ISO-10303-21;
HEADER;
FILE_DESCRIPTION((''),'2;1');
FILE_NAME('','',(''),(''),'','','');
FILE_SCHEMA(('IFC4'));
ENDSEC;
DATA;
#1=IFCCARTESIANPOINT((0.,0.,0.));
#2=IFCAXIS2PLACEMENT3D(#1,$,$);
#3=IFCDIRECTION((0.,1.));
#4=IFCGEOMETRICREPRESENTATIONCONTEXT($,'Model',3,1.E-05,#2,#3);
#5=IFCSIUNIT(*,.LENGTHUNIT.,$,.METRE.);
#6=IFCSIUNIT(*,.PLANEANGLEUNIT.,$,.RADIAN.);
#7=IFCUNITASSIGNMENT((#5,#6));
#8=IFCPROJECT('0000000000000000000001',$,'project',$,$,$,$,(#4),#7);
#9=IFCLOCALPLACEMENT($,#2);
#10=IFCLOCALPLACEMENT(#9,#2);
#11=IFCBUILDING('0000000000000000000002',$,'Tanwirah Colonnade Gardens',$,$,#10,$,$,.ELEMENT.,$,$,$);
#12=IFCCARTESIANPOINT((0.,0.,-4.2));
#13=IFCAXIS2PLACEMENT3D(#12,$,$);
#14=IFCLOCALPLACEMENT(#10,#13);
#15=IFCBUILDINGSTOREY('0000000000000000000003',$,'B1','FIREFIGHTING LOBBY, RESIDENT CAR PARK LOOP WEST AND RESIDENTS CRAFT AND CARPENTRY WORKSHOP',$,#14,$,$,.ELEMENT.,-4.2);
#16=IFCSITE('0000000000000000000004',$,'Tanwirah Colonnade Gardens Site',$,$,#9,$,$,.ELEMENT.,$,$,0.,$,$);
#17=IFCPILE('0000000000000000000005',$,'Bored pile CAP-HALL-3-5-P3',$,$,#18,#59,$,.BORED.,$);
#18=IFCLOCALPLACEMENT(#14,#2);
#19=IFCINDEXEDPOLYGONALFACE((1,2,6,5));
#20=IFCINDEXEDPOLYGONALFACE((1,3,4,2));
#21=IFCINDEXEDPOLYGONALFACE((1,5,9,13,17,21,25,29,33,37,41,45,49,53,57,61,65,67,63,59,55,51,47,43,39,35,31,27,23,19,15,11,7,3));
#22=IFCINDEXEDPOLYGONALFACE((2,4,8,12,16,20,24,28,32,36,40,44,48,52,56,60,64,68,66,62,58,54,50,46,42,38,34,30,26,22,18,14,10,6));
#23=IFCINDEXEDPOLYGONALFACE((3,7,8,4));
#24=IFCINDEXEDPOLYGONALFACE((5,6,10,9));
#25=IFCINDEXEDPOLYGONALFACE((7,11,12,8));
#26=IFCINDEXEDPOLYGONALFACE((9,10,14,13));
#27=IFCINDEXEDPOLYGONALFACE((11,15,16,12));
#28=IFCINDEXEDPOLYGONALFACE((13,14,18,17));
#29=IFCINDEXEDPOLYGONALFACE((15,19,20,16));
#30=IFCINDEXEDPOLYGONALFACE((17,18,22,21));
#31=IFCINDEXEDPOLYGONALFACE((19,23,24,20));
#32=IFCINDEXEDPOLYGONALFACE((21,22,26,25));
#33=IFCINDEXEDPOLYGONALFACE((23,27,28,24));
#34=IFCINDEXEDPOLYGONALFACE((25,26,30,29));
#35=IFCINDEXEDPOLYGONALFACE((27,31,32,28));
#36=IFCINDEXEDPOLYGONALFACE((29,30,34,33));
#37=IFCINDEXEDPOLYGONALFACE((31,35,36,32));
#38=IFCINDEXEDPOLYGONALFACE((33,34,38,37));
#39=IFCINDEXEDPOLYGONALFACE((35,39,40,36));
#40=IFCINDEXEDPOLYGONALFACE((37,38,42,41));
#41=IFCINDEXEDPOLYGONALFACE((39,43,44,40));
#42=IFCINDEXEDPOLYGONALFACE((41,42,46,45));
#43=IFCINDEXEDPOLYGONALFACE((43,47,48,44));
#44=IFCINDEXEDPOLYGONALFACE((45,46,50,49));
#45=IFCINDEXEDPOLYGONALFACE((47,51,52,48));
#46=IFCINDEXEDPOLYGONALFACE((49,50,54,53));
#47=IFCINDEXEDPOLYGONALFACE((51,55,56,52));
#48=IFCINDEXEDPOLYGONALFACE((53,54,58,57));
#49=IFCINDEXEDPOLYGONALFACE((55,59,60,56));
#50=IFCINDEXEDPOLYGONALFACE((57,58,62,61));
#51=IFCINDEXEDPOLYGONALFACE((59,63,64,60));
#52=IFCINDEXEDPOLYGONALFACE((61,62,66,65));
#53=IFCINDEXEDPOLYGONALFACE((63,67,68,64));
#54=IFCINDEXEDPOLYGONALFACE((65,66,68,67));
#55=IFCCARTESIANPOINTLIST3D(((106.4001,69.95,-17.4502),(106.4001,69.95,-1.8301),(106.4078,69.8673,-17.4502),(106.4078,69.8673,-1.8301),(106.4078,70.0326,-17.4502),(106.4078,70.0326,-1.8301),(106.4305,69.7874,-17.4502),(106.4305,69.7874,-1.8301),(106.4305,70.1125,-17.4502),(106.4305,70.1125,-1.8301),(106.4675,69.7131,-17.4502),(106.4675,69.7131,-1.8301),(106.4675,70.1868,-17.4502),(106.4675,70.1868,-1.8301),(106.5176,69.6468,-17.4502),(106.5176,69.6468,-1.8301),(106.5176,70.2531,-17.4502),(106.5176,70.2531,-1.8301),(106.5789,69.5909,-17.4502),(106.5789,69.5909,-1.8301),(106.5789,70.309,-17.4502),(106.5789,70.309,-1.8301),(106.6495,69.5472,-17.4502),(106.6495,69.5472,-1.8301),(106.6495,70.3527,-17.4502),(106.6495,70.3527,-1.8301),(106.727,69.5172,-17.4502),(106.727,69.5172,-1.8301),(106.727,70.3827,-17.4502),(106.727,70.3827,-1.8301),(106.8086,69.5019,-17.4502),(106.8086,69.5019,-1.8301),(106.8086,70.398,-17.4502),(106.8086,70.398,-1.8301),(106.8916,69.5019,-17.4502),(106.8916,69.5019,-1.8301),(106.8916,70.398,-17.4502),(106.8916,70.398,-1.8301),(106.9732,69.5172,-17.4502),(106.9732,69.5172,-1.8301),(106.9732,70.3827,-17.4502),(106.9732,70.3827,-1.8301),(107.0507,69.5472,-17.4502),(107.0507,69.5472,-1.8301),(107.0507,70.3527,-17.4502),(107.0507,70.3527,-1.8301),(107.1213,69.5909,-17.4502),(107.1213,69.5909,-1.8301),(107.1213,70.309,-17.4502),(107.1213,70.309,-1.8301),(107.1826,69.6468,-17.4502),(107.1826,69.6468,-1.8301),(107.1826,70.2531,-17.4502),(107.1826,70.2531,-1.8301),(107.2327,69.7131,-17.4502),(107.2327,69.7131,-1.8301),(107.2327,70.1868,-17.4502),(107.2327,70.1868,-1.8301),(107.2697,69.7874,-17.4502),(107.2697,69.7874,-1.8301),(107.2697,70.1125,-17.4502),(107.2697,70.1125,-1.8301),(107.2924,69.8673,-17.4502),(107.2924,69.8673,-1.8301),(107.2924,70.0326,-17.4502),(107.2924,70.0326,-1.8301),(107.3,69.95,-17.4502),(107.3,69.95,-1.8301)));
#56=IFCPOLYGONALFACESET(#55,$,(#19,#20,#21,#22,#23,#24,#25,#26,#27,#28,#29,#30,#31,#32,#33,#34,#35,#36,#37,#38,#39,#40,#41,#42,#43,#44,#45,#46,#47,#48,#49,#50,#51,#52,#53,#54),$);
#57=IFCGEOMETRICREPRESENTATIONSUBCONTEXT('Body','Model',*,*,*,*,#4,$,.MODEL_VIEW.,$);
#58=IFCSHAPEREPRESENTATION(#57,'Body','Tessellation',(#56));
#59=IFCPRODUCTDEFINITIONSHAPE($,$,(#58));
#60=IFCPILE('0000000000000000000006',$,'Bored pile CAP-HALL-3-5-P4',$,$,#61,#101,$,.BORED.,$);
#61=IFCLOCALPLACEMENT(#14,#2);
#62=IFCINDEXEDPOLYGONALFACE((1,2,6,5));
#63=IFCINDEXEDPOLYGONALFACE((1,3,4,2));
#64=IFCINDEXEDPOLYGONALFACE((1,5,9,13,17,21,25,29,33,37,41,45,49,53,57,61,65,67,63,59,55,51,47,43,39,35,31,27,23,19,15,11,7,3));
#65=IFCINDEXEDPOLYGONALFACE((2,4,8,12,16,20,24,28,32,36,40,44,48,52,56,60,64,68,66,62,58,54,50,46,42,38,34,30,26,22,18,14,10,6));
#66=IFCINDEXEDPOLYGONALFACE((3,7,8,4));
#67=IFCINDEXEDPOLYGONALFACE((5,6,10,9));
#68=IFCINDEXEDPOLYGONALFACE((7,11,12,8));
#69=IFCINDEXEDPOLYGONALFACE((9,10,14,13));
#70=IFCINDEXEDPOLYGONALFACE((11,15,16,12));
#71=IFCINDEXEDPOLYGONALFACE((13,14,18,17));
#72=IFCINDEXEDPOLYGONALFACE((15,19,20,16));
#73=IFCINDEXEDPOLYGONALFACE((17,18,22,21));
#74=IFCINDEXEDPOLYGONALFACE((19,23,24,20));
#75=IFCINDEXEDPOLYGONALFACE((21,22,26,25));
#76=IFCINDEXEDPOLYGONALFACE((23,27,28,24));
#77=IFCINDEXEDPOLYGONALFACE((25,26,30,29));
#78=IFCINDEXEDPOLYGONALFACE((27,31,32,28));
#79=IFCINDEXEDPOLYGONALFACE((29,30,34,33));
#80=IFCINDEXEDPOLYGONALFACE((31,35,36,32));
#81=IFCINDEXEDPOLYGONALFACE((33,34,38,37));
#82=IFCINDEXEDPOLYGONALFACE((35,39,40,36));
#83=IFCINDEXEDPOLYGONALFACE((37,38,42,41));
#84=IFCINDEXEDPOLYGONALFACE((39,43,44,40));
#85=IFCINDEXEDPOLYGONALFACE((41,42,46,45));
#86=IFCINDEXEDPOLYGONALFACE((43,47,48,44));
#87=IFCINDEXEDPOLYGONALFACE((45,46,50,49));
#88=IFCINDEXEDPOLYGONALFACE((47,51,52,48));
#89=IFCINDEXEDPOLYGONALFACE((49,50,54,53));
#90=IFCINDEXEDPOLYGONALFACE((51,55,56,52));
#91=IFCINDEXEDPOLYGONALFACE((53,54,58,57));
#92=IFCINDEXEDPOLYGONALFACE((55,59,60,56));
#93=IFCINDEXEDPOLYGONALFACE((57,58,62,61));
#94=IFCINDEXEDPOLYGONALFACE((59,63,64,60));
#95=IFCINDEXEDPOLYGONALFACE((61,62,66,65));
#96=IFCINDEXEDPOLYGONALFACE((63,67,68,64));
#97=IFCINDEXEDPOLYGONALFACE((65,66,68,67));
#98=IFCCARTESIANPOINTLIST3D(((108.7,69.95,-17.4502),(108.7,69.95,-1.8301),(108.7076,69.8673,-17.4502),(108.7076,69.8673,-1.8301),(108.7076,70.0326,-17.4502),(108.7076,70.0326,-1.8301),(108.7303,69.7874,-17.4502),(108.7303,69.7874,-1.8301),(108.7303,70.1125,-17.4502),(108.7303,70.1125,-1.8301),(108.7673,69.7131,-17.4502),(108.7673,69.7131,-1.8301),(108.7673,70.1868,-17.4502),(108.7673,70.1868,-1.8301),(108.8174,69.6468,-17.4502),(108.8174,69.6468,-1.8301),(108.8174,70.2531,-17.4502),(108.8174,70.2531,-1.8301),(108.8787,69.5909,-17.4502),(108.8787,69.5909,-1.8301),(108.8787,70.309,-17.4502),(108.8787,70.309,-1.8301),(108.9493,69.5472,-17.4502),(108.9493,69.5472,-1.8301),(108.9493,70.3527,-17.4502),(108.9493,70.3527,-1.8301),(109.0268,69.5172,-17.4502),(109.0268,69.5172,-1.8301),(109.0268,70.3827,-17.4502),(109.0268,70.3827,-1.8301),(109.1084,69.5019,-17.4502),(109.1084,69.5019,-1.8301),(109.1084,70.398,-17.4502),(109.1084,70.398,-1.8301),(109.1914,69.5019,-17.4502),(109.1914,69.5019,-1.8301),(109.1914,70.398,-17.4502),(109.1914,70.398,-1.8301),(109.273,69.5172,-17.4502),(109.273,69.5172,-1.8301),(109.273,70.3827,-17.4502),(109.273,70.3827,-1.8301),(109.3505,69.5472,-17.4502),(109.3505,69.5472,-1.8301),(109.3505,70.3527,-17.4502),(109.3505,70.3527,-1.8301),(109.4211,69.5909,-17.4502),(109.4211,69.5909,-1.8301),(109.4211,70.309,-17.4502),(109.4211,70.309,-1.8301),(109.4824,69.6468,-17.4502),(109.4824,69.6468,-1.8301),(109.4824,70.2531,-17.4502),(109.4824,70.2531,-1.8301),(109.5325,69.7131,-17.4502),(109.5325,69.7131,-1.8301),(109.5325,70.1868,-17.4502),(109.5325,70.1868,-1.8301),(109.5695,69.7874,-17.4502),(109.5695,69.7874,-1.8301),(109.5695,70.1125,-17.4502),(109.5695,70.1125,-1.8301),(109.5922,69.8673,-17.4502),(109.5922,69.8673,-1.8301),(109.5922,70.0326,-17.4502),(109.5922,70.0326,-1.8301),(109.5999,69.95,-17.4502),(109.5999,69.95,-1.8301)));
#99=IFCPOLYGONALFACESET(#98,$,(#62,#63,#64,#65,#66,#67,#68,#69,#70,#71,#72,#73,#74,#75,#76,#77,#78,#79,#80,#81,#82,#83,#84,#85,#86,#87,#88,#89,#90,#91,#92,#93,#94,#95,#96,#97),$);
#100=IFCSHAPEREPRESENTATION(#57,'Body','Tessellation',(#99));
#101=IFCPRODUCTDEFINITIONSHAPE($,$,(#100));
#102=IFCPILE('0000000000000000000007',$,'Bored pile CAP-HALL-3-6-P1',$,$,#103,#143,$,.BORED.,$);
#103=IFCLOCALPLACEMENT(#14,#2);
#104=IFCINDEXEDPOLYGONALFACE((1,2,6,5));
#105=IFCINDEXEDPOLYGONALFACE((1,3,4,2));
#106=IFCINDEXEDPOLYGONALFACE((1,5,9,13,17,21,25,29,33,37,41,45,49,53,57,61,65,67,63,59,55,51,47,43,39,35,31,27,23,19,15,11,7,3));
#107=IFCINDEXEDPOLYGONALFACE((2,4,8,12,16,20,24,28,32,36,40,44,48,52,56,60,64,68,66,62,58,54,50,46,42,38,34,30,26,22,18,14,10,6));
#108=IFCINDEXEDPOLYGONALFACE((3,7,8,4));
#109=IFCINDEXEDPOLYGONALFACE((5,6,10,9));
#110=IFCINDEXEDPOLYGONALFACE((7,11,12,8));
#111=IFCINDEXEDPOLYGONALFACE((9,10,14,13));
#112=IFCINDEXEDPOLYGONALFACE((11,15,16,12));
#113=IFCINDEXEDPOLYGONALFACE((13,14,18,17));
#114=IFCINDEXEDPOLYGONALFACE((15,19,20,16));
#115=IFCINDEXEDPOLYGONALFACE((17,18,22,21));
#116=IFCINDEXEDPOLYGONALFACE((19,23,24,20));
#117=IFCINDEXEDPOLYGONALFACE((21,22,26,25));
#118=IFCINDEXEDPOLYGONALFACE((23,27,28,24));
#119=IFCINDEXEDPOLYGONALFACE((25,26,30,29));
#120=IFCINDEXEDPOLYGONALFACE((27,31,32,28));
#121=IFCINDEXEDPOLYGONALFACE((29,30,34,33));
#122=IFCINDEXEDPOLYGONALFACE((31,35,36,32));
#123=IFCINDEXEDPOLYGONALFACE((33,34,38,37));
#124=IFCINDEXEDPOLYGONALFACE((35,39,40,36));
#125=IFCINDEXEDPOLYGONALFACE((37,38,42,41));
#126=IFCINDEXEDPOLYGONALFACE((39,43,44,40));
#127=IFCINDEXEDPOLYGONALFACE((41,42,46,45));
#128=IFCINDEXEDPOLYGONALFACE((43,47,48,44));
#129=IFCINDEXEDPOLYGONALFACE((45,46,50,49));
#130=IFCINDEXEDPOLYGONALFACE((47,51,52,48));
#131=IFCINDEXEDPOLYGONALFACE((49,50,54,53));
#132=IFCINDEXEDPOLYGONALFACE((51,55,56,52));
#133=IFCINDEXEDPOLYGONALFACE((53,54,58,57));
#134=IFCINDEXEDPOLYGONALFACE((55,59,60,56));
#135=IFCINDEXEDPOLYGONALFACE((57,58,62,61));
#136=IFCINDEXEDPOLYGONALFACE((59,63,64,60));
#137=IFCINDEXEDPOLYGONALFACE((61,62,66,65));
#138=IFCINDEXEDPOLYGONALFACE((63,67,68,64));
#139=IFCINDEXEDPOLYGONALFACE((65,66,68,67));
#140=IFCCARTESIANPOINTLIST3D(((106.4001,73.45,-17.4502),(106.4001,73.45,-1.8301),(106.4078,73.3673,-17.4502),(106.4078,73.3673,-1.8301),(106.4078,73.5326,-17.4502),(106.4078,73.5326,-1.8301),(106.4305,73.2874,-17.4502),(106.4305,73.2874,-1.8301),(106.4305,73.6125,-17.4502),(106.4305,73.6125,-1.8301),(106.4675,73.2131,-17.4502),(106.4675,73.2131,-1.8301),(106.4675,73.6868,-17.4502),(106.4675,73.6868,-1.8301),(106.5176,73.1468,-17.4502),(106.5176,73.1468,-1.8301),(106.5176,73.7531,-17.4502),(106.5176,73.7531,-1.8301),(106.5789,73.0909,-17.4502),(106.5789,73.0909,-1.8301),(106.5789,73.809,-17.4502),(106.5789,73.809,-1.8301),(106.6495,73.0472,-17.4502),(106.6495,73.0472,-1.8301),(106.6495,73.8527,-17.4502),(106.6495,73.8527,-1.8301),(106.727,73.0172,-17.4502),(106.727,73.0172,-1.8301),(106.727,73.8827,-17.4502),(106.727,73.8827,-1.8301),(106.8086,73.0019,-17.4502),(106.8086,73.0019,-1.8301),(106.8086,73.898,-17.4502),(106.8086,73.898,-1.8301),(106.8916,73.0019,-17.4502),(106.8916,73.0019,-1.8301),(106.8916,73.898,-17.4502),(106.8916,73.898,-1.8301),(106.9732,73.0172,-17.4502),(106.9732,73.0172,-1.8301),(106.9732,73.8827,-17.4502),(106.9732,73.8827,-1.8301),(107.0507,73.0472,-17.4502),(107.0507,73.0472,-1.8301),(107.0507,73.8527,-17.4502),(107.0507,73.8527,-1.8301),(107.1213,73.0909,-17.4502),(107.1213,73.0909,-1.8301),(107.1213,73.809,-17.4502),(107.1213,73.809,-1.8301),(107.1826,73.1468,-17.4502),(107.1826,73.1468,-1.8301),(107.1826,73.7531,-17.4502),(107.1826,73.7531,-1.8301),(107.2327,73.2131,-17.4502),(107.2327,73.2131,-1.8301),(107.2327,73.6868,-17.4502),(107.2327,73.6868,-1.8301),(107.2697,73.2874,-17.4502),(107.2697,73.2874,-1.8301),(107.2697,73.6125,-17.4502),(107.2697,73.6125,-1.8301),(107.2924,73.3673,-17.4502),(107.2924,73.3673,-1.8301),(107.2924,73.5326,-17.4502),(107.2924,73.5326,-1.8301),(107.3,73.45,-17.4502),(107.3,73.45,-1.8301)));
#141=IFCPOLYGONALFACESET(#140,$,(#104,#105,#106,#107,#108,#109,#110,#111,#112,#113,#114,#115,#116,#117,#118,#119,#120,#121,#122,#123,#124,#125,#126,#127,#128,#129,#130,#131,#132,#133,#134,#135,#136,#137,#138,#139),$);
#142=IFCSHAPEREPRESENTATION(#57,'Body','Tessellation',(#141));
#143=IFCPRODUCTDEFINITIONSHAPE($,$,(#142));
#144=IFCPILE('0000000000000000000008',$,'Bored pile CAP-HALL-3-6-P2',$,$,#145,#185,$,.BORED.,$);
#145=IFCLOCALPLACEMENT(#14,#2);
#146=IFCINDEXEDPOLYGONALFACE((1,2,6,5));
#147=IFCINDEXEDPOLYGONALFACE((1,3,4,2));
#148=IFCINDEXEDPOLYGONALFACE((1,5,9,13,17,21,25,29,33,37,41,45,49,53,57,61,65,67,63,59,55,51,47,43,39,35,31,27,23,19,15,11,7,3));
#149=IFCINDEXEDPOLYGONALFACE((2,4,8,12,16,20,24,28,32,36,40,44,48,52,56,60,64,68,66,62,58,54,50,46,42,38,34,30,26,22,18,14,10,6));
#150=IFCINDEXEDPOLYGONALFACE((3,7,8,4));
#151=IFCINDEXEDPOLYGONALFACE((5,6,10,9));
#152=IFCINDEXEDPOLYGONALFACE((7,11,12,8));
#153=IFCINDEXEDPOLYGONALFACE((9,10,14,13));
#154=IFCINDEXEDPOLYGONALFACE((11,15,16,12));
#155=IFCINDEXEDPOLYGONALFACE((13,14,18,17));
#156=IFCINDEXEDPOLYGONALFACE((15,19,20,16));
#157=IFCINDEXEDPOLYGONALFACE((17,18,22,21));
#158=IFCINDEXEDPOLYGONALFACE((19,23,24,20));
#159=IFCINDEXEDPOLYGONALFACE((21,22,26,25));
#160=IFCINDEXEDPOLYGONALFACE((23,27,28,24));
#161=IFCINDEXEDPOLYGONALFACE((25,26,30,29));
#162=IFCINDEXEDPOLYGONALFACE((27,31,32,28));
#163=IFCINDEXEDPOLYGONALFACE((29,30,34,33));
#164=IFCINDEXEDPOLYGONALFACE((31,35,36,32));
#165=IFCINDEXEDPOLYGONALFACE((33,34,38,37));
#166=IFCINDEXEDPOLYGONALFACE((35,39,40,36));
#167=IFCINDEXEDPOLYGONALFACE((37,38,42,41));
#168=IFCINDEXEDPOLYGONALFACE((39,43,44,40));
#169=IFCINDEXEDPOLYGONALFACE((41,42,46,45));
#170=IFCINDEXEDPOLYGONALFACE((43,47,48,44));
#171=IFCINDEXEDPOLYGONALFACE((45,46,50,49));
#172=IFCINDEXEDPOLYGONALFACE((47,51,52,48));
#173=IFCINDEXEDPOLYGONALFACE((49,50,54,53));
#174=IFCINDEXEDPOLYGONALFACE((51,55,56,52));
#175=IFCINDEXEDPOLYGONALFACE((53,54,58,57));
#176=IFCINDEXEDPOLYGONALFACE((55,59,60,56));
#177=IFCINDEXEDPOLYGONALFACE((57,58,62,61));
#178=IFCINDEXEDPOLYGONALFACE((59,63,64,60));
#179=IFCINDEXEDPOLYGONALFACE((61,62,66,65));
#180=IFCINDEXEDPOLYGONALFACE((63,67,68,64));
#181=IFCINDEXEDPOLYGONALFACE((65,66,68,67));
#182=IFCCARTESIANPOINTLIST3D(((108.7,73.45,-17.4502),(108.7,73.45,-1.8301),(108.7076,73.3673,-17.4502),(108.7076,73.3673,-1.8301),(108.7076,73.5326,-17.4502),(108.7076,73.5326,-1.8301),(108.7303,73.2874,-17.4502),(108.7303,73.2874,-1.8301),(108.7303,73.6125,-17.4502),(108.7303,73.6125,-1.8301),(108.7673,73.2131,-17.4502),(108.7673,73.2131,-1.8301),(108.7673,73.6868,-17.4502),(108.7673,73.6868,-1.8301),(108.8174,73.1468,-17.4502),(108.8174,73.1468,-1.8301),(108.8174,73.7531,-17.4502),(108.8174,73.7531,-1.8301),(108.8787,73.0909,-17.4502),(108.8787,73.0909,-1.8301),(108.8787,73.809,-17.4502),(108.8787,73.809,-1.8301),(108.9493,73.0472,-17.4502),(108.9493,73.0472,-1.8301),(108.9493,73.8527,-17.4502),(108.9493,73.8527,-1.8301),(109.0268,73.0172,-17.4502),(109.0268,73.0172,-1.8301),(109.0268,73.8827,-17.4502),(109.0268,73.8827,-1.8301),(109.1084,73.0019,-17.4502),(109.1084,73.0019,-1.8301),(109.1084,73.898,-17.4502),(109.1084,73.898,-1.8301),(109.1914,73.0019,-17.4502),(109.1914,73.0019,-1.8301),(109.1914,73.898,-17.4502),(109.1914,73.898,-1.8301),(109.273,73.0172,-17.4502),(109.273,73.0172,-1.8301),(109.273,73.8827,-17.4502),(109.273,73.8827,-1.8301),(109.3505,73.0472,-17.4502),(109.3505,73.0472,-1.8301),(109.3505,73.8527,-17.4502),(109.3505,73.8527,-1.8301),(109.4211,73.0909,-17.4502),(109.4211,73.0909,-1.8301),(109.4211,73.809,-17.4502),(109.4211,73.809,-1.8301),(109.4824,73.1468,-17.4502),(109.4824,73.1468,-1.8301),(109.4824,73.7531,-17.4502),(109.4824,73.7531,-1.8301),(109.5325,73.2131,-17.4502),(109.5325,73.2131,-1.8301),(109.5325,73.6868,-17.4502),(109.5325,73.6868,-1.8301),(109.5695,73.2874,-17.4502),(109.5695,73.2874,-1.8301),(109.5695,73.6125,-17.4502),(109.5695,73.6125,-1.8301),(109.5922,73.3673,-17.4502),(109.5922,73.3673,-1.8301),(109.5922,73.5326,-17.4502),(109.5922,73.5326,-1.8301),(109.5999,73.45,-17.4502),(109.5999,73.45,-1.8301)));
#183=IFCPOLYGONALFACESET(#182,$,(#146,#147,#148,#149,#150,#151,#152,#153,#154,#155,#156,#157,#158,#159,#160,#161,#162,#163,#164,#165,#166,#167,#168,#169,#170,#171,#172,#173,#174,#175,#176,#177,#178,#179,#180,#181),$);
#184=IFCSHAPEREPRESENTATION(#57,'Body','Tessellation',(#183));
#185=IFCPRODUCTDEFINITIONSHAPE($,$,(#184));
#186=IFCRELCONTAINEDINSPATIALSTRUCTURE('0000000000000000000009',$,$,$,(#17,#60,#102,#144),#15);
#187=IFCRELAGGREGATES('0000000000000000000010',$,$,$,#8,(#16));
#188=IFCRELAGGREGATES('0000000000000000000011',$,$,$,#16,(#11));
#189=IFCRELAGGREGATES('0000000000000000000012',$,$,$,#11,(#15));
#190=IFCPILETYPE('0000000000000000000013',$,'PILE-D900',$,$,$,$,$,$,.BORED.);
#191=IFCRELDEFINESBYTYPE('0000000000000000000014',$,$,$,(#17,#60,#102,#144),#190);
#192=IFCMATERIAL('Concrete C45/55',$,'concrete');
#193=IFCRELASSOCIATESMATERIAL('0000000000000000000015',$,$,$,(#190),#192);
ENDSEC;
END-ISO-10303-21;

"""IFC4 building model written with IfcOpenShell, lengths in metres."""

from ifc_helpers import new_model, si_unit, direction, frame, origin, origin_2d, place, context, subcontext, project, spatial, circle, extrude, material, material_profile, profile_set, type_object, element, save


model = new_model("IFC4")

# Units and contexts
model_context = context("Model", 3, precision=1e-05, world=origin(), true_north=direction((0.0, 1.0)))
body_context = subcontext(model_context, "Body", "Model", "MODEL_VIEW")
ifc_project = project(units=[si_unit("LENGTHUNIT", "METRE"), si_unit("PLANEANGLEUNIT", "RADIAN")], contexts=[model_context])

# Site, building, storey
site_placement = place(None, origin())
site = spatial("IfcSite", under=ifc_project, at=site_placement, Name="Tanwirah Colonnade Gardens Site", CompositionType="ELEMENT", RefElevation=0.0)
building_placement = place(site_placement, origin())
building = spatial("IfcBuilding", under=site, at=building_placement, Name="Tanwirah Colonnade Gardens", CompositionType="ELEMENT")
storey_placement = place(building_placement, frame((0.0, 0.0, -4.2)))
storey = spatial("IfcBuildingStorey", under=building, at=storey_placement, Name="B1", Description="FIREFIGHTING LOBBY, RESIDENT CAR PARK LOOP WEST AND RESIDENTS CRAFT AND CARPENTRY WORKSHOP", CompositionType="ELEMENT", Elevation=-4.2)

# Shared definitions
ifc_material_1 = material(Name="Concrete C45/55", Category="concrete")

# Piles
ifc_material_profile_1 = material_profile(ifc_material_1, circle(Radius=0.45, at=origin_2d()), Name="PILE D900")
ifc_profile_set_1 = profile_set([ifc_material_profile_1], Name="Concrete C45/55")
pile_type_1 = type_object("IfcPileType", Name="PILE-D900", PredefinedType="BORED", material=ifc_profile_set_1)
for number, where, z_axis, x_axis, name in (
    (1, (106.8501, 69.95, -1.8301), (0.0, 0.0, -1.0), (1.0, 0.0, 0.0), "Bored pile CAP-HALL-3-5-P3"),
    (2, (109.1499, 69.95, -1.8301), (0.0, 0.0, -1.0), (1.0, 0.0, 0.0), "Bored pile CAP-HALL-3-5-P4"),
    (3, (106.8501, 73.45, -1.8301), (0.0, 0.0, -1.0), (1.0, 0.0, 0.0), "Bored pile CAP-HALL-3-6-P1"),
    (4, (109.1499, 73.45, -1.8301), (0.0, 0.0, -1.0), (1.0, 0.0, 0.0), "Bored pile CAP-HALL-3-6-P2"),
):
    element("IfcPile", number, at=place(storey_placement, frame(where, z_axis=z_axis, x_axis=x_axis)), inside=storey, type_object=pile_type_1, Name=name, PredefinedType="BORED", context=body_context, shape_type="SweptSolid", body=[
        extrude(circle(Radius=0.45, at=origin_2d()), origin(), (0.0, 0.0, 1.0), 15.6201),
    ])

save(model, "model.ifc")
